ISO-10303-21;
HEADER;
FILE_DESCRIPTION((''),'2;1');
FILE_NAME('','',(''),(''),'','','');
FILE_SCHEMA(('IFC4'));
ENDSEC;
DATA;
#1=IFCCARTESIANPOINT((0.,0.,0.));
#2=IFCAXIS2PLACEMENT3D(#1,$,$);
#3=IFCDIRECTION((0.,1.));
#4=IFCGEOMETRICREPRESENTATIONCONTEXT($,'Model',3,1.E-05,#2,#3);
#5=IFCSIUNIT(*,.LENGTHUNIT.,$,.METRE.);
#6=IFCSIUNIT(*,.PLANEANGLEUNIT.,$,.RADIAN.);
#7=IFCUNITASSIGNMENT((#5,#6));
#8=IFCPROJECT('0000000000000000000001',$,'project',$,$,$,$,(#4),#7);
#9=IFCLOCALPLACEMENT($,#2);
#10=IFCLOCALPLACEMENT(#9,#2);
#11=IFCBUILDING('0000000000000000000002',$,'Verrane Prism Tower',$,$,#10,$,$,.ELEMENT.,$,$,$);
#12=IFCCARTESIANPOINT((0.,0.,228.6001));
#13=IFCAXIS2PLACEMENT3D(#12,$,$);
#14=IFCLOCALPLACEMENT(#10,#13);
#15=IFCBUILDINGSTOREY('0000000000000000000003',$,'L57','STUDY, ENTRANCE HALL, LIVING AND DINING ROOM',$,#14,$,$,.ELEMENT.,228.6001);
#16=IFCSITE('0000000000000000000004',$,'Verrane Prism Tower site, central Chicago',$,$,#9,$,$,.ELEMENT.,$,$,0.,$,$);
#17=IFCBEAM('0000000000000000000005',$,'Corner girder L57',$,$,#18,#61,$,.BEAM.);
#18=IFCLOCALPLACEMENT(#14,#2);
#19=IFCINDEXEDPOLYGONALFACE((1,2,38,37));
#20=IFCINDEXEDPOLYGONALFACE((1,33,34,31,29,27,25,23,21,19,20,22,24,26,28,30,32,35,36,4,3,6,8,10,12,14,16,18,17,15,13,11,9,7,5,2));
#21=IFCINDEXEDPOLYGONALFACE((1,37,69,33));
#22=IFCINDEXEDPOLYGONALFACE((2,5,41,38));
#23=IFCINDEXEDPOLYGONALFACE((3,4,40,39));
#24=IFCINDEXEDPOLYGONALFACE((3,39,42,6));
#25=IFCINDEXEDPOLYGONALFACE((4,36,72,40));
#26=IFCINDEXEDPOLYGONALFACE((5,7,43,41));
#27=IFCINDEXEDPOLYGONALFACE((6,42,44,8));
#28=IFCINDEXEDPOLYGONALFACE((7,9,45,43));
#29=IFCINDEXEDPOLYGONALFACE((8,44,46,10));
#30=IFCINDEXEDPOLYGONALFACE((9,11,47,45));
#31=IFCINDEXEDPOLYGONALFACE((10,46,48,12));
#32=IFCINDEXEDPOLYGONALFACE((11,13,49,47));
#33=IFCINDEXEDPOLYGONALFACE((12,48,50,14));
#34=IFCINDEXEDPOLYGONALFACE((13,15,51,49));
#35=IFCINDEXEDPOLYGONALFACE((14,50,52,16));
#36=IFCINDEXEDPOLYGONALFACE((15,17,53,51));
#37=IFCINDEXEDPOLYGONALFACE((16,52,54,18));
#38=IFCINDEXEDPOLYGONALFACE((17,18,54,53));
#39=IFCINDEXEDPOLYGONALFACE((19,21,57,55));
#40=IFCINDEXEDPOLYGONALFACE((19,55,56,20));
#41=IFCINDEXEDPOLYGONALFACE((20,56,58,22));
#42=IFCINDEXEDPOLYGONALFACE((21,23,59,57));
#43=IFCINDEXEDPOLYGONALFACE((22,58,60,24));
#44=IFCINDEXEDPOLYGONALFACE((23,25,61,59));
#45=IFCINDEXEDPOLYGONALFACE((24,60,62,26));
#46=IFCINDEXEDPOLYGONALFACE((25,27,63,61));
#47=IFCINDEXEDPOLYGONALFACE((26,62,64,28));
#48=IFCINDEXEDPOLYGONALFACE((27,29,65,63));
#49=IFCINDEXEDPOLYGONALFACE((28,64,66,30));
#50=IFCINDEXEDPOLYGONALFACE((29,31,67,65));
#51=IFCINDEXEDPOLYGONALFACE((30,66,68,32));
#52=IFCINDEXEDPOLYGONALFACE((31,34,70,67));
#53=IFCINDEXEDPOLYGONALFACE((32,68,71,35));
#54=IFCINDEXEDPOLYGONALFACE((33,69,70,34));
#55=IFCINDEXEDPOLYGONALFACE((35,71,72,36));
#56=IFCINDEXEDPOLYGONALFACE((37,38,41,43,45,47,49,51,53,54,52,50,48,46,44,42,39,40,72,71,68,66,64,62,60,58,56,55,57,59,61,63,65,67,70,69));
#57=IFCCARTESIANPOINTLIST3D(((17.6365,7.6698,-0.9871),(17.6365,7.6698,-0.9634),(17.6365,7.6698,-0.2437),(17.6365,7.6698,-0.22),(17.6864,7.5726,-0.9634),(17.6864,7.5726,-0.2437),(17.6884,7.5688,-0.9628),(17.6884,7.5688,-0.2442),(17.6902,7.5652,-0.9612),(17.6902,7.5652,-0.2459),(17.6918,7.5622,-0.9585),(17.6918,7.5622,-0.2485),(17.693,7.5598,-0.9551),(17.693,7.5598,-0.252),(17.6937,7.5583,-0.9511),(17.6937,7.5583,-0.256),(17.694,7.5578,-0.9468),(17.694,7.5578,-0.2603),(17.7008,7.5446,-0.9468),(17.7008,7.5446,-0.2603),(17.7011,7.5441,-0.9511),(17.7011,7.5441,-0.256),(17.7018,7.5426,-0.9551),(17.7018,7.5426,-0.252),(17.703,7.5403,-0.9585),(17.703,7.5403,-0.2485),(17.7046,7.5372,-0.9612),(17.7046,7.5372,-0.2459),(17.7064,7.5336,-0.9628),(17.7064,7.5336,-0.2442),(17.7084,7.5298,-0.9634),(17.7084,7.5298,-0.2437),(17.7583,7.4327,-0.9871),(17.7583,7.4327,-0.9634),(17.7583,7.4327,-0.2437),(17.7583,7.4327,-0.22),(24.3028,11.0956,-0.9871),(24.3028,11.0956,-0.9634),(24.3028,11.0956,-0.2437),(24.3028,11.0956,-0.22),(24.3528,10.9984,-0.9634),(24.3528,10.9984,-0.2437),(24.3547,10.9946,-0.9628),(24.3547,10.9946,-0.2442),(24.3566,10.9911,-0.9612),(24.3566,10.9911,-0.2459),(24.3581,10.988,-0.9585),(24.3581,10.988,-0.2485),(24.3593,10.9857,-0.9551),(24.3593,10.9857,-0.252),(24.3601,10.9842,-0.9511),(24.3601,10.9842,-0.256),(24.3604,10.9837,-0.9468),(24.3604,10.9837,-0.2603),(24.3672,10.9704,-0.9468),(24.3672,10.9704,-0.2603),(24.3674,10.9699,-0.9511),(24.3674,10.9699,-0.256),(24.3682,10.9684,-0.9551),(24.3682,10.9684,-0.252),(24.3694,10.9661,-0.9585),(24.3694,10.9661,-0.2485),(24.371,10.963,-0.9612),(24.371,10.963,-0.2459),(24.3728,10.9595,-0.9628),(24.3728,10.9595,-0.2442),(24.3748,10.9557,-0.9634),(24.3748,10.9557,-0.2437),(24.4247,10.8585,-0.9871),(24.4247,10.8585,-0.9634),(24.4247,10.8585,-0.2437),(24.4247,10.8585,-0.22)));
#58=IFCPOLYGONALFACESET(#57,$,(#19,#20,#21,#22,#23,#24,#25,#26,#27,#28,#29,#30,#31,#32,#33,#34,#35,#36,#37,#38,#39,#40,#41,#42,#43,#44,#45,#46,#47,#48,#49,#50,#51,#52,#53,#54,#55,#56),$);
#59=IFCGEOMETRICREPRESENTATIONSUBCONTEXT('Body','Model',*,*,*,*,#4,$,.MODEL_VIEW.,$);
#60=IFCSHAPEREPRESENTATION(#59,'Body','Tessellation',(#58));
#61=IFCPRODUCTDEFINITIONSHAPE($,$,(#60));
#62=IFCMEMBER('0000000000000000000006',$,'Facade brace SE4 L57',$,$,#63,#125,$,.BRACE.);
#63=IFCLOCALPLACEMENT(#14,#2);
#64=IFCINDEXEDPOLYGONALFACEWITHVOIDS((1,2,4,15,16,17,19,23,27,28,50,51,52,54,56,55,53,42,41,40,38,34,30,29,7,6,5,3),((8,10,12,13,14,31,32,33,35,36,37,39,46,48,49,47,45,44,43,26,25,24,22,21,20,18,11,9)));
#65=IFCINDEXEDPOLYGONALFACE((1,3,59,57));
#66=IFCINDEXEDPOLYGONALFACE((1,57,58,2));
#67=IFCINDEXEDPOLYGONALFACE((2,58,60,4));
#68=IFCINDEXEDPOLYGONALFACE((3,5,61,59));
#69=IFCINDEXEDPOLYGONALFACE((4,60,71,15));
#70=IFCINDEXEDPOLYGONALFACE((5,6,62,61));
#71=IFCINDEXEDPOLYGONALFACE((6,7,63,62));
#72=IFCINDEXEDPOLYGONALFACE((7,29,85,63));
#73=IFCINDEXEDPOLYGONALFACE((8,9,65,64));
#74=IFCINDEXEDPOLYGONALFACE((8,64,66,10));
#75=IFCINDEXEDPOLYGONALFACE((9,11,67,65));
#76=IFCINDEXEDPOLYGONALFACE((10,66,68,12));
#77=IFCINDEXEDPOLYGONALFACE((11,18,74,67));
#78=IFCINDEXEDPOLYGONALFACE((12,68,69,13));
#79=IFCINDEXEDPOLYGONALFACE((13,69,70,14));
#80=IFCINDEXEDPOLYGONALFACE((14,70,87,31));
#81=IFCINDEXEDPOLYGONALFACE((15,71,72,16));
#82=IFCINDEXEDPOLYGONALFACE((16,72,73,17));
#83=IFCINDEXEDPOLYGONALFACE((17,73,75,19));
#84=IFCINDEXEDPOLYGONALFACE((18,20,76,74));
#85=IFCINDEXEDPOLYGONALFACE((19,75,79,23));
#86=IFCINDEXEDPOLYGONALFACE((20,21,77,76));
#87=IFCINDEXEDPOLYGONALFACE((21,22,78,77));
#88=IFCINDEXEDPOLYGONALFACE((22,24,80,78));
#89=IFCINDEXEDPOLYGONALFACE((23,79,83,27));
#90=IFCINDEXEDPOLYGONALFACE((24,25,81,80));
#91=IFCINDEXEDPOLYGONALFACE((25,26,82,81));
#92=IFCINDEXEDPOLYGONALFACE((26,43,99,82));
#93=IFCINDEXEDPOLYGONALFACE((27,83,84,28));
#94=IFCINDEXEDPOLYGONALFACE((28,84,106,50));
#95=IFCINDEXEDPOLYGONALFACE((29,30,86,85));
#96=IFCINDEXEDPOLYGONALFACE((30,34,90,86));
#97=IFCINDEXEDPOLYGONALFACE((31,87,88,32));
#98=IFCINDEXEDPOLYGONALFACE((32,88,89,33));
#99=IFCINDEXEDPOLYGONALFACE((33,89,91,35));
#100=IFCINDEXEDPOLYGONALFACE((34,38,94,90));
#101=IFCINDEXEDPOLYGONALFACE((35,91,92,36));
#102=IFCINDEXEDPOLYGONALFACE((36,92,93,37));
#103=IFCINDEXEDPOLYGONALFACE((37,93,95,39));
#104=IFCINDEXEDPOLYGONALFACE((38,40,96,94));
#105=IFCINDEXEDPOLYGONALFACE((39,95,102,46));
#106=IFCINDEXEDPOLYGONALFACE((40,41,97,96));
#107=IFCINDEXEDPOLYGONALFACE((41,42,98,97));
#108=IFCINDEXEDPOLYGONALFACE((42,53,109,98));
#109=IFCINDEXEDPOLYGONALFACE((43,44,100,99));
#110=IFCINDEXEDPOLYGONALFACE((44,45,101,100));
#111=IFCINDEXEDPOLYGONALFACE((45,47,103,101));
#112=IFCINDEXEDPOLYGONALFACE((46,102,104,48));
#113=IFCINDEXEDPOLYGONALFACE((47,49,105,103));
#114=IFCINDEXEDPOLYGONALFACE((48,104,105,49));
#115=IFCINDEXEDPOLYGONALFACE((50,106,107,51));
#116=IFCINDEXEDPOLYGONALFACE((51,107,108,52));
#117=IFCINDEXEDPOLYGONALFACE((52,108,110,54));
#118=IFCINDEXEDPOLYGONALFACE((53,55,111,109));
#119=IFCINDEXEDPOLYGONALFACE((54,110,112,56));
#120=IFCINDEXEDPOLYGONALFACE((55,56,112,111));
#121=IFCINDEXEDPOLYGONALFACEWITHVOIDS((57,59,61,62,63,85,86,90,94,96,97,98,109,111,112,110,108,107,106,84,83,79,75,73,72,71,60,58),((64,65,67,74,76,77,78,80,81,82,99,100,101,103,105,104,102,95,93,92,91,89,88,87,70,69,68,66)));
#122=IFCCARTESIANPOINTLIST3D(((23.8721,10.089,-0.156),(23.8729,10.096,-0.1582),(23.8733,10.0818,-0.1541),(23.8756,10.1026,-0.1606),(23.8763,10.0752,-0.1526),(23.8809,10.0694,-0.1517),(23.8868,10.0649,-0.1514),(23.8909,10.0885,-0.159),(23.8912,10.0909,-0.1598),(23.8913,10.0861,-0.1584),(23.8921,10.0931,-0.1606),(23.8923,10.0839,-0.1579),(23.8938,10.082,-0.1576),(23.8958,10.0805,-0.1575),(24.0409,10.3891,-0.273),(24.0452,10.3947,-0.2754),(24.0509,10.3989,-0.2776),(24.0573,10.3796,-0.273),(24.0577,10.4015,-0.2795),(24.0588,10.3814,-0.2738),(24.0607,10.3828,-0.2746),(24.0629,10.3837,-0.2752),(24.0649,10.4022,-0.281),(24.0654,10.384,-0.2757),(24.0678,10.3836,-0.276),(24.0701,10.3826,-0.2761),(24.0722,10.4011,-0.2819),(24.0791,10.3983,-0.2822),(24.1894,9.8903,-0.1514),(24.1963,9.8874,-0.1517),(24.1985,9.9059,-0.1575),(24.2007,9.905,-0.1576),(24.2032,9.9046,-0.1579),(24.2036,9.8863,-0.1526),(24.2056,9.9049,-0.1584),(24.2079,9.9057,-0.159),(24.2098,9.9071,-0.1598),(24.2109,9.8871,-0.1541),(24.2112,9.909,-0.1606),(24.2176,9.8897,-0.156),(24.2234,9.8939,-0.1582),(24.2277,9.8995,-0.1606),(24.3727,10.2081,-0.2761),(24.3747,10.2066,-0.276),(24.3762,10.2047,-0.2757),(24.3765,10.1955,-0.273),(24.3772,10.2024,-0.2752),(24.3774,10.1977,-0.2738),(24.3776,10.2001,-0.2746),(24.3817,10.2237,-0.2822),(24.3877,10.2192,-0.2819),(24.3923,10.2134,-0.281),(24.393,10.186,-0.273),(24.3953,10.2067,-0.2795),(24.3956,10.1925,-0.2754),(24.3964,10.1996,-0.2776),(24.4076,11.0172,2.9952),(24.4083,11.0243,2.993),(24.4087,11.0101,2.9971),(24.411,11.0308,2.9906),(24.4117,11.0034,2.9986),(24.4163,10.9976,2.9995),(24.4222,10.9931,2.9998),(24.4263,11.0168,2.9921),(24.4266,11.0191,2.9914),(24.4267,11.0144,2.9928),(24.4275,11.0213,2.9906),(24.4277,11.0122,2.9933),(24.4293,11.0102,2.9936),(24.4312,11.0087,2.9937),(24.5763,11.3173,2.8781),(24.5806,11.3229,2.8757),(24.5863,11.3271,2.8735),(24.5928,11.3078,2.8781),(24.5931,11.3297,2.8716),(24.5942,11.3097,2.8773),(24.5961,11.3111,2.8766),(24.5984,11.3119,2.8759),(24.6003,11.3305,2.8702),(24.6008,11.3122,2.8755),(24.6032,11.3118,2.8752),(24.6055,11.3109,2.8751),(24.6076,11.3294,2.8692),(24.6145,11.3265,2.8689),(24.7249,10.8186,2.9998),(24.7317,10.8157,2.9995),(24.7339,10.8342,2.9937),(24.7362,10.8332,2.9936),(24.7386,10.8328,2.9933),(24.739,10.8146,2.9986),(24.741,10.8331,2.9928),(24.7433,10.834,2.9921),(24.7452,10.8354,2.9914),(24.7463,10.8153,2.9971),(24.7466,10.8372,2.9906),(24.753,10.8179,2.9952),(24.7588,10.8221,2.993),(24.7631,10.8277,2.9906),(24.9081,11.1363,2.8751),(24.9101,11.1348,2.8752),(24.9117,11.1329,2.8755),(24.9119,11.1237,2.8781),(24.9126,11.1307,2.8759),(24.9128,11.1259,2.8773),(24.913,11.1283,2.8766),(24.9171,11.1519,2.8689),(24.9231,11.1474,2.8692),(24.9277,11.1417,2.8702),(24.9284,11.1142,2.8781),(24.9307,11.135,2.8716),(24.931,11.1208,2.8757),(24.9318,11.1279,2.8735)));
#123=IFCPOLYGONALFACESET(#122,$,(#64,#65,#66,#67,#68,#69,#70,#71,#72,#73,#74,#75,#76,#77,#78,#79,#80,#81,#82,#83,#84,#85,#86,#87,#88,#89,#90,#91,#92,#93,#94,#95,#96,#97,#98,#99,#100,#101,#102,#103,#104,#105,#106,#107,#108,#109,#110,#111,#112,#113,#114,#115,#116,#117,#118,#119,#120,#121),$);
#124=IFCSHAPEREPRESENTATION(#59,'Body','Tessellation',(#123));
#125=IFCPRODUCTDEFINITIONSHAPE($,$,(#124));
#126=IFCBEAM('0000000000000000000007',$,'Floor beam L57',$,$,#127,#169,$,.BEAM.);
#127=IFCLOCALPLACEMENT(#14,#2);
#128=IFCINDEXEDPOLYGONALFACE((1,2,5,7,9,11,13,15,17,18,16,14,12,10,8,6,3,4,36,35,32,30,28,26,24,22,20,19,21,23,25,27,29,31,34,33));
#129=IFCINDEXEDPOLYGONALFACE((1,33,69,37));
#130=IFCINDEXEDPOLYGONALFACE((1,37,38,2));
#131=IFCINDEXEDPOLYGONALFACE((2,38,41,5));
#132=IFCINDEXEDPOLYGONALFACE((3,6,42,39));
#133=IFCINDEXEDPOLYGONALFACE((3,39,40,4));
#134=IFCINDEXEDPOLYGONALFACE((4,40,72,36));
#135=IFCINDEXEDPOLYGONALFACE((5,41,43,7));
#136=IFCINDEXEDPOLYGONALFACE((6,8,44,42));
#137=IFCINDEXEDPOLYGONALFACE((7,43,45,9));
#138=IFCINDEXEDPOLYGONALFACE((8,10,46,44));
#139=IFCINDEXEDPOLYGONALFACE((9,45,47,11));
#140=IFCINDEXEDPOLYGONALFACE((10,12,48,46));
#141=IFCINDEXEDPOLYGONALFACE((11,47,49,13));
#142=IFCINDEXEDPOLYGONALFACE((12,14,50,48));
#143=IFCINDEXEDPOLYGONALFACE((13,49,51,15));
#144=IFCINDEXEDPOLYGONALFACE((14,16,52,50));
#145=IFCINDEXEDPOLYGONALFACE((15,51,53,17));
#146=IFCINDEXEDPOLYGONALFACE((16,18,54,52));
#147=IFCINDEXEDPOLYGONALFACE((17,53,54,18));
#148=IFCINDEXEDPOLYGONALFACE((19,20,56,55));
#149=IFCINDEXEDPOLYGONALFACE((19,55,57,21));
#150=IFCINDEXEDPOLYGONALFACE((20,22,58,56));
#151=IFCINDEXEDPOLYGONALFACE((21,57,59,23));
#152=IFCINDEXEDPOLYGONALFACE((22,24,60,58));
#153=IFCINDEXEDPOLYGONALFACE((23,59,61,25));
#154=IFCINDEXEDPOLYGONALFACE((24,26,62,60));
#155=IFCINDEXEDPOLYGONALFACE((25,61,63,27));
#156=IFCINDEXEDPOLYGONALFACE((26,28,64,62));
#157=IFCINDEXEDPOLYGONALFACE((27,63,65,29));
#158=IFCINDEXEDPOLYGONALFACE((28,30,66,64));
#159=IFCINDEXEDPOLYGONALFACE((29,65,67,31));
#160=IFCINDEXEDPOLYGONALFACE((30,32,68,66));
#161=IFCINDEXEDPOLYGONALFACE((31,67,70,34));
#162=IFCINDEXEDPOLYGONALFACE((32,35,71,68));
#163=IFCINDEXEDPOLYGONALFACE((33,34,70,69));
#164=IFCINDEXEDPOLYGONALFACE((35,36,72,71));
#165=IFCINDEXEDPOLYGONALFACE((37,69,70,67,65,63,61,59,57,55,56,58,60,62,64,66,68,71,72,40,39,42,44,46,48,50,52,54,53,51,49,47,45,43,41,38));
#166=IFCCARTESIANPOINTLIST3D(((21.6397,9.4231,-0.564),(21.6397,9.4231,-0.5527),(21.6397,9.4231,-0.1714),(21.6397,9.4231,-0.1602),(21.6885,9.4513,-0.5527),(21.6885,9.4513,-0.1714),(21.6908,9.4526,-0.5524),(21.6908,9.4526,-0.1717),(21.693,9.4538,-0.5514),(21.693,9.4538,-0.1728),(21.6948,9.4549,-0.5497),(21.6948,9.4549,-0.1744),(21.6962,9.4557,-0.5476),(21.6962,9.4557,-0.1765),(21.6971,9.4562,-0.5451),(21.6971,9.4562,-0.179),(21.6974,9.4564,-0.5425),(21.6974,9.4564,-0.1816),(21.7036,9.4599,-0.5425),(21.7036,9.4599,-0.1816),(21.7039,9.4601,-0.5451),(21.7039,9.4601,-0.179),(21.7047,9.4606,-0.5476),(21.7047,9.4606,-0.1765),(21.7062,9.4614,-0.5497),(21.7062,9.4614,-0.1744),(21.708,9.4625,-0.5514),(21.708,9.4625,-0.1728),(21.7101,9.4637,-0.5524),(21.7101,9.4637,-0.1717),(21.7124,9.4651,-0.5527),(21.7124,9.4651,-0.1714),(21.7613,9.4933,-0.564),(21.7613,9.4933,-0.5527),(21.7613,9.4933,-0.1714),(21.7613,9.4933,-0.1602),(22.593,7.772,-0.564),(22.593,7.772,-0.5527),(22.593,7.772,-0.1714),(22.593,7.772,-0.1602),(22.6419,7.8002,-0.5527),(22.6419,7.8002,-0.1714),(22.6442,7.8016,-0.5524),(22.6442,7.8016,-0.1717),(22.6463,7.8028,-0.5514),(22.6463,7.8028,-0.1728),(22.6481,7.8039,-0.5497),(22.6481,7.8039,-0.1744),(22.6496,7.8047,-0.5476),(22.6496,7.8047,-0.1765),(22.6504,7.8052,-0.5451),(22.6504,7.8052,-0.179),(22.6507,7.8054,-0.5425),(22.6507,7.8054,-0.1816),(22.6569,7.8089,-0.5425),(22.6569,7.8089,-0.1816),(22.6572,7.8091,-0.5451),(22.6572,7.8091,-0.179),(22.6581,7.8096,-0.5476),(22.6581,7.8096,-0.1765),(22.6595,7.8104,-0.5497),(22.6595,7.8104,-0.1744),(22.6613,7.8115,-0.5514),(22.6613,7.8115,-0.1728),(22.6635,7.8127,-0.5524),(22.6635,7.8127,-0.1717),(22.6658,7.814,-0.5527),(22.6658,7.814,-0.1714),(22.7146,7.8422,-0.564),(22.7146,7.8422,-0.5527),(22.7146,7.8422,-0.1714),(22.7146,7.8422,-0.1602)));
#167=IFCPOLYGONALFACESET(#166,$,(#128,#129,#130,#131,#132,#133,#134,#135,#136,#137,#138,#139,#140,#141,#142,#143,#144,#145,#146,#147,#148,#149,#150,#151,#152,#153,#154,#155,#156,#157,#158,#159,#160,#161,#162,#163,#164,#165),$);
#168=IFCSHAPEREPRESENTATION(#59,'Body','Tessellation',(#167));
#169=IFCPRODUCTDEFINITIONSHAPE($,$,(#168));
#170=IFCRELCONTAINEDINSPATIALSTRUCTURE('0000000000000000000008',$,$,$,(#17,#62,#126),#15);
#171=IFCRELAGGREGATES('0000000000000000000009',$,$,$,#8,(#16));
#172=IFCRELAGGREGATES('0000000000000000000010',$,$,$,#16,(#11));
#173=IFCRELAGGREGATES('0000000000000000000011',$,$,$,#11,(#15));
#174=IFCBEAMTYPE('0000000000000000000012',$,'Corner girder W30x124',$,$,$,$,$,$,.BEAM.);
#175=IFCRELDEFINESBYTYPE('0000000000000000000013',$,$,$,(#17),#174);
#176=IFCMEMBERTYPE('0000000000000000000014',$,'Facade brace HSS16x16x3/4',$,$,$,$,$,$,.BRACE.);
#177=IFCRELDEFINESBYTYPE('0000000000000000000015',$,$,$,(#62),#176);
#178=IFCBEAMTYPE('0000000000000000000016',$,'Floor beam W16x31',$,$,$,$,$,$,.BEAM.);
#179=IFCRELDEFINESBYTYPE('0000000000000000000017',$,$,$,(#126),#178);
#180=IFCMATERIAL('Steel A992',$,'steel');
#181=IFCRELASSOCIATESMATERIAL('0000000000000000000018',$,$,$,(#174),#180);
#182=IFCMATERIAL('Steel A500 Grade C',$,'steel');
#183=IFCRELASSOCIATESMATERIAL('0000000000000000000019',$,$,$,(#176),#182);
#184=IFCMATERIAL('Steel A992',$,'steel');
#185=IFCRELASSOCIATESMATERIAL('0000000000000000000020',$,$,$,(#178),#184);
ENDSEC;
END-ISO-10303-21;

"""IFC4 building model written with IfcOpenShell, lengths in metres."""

from ifc_helpers import new_model, si_unit, direction, frame, origin, origin_2d, place, context, subcontext, project, spatial, hollow_rectangle, i_section, extrude, material, material_profile, profile_set, type_object, element, save


model = new_model("IFC4")

# Units and contexts
model_context = context("Model", 3, precision=1e-05, world=origin(), true_north=direction((0.0, 1.0)))
body_context = subcontext(model_context, "Body", "Model", "MODEL_VIEW")
ifc_project = project(units=[si_unit("LENGTHUNIT", "METRE"), si_unit("PLANEANGLEUNIT", "RADIAN")], contexts=[model_context])

# Site, building, storey
site_placement = place(None, origin())
site = spatial("IfcSite", under=ifc_project, at=site_placement, Name="Verrane Prism Tower site, central Chicago", CompositionType="ELEMENT", RefElevation=0.0)
building_placement = place(site_placement, origin())
building = spatial("IfcBuilding", under=site, at=building_placement, Name="Verrane Prism Tower", CompositionType="ELEMENT")
storey_placement = place(building_placement, frame((0.0, 0.0, 228.6001)))
storey = spatial("IfcBuildingStorey", under=building, at=storey_placement, Name="L57", Description="STUDY, ENTRANCE HALL, LIVING AND DINING ROOM", CompositionType="ELEMENT", Elevation=228.6001)

# Beam
ifc_material_1 = material(Name="Steel A992", Category="steel")
ifc_material_profile_1 = material_profile(ifc_material_1, i_section(OverallWidth=0.2666, OverallDepth=0.7671, WebThickness=0.0149, FlangeThickness=0.0237, FilletRadius=0.0166, at=origin_2d()), Name="W30x124")
ifc_profile_set_1 = profile_set([ifc_material_profile_1], Name="Steel A992")
beam_type_1 = type_object("IfcBeamType", Name="Corner girder W30x124", PredefinedType="BEAM", material=ifc_profile_set_1)
beam_1_placement = place(storey_placement, frame((24.3638, 10.9771, -0.6035), z_axis=(-0.889428, -0.457076, 0.0), x_axis=(0.457076, -0.889428, 0.0)))
element("IfcBeam", 1, at=beam_1_placement, inside=storey, type_object=beam_type_1, Name="Corner girder L57", PredefinedType="BEAM", context=body_context, shape_type="SweptSolid", body=[
    extrude(i_section(OverallWidth=0.2666, OverallDepth=0.7671, WebThickness=0.0149, FlangeThickness=0.0237, FilletRadius=0.0166, at=origin_2d()), origin(), (0.0, 0.0, 1.0), 7.4951),
])

# Member
ifc_material_2 = material(Name="Steel A500 Grade C", Category="steel")
ifc_material_profile_2 = material_profile(ifc_material_2, hollow_rectangle(XDim=0.4065, YDim=0.4065, WallThickness=0.019, InnerFilletRadius=0.0095, OuterFilletRadius=0.0286, at=origin_2d()), Name="HSS16x16x3/4")
ifc_profile_set_2 = profile_set([ifc_material_profile_2], Name="Steel A500 Grade C")
member_type_1 = type_object("IfcMemberType", Name="Facade brace HSS16x16x3/4", PredefinedType="BRACE", material=ifc_profile_set_2)
member_1_placement = place(storey_placement, frame((24.1343, 10.1443, -0.2168), z_axis=(0.160861, 0.278885, 0.946756), x_axis=(-0.866231, 0.499644, 0.0)))
element("IfcMember", 2, at=member_1_placement, inside=storey, type_object=member_type_1, Name="Facade brace SE4 L57", PredefinedType="BRACE", context=body_context, shape_type="SweptSolid", body=[
    extrude(hollow_rectangle(XDim=0.4065, YDim=0.4065, WallThickness=0.019, InnerFilletRadius=0.0095, OuterFilletRadius=0.0286, at=origin_2d()), origin(), (0.0, 0.0, 1.0), 3.3284),
])

# Beam
ifc_material_3 = material(Name="Steel A992", Category="steel")
ifc_material_profile_3 = material_profile(ifc_material_3, i_section(OverallWidth=0.1404, OverallDepth=0.4038, WebThickness=0.0071, FlangeThickness=0.0112, FilletRadius=0.0103, at=origin_2d()), Name="W16x31")
ifc_profile_set_3 = profile_set([ifc_material_profile_3], Name="Steel A992")
beam_type_2 = type_object("IfcBeamType", Name="Floor beam W16x31", PredefinedType="BEAM", material=ifc_profile_set_3)
beam_2_placement = place(storey_placement, frame((22.6538, 7.8071, -0.3621), z_axis=(-0.500037, 0.866004, 0.0), x_axis=(-0.866004, -0.500037, 0.0)))
element("IfcBeam", 3, at=beam_2_placement, inside=storey, type_object=beam_type_2, Name="Floor beam L57", PredefinedType="BEAM", context=body_context, shape_type="SweptSolid", body=[
    extrude(i_section(OverallWidth=0.1404, OverallDepth=0.4038, WebThickness=0.0071, FlangeThickness=0.0112, FilletRadius=0.0103, at=origin_2d()), origin(), (0.0, 0.0, 1.0), 1.9065),
])

save(model, "model.ifc")
